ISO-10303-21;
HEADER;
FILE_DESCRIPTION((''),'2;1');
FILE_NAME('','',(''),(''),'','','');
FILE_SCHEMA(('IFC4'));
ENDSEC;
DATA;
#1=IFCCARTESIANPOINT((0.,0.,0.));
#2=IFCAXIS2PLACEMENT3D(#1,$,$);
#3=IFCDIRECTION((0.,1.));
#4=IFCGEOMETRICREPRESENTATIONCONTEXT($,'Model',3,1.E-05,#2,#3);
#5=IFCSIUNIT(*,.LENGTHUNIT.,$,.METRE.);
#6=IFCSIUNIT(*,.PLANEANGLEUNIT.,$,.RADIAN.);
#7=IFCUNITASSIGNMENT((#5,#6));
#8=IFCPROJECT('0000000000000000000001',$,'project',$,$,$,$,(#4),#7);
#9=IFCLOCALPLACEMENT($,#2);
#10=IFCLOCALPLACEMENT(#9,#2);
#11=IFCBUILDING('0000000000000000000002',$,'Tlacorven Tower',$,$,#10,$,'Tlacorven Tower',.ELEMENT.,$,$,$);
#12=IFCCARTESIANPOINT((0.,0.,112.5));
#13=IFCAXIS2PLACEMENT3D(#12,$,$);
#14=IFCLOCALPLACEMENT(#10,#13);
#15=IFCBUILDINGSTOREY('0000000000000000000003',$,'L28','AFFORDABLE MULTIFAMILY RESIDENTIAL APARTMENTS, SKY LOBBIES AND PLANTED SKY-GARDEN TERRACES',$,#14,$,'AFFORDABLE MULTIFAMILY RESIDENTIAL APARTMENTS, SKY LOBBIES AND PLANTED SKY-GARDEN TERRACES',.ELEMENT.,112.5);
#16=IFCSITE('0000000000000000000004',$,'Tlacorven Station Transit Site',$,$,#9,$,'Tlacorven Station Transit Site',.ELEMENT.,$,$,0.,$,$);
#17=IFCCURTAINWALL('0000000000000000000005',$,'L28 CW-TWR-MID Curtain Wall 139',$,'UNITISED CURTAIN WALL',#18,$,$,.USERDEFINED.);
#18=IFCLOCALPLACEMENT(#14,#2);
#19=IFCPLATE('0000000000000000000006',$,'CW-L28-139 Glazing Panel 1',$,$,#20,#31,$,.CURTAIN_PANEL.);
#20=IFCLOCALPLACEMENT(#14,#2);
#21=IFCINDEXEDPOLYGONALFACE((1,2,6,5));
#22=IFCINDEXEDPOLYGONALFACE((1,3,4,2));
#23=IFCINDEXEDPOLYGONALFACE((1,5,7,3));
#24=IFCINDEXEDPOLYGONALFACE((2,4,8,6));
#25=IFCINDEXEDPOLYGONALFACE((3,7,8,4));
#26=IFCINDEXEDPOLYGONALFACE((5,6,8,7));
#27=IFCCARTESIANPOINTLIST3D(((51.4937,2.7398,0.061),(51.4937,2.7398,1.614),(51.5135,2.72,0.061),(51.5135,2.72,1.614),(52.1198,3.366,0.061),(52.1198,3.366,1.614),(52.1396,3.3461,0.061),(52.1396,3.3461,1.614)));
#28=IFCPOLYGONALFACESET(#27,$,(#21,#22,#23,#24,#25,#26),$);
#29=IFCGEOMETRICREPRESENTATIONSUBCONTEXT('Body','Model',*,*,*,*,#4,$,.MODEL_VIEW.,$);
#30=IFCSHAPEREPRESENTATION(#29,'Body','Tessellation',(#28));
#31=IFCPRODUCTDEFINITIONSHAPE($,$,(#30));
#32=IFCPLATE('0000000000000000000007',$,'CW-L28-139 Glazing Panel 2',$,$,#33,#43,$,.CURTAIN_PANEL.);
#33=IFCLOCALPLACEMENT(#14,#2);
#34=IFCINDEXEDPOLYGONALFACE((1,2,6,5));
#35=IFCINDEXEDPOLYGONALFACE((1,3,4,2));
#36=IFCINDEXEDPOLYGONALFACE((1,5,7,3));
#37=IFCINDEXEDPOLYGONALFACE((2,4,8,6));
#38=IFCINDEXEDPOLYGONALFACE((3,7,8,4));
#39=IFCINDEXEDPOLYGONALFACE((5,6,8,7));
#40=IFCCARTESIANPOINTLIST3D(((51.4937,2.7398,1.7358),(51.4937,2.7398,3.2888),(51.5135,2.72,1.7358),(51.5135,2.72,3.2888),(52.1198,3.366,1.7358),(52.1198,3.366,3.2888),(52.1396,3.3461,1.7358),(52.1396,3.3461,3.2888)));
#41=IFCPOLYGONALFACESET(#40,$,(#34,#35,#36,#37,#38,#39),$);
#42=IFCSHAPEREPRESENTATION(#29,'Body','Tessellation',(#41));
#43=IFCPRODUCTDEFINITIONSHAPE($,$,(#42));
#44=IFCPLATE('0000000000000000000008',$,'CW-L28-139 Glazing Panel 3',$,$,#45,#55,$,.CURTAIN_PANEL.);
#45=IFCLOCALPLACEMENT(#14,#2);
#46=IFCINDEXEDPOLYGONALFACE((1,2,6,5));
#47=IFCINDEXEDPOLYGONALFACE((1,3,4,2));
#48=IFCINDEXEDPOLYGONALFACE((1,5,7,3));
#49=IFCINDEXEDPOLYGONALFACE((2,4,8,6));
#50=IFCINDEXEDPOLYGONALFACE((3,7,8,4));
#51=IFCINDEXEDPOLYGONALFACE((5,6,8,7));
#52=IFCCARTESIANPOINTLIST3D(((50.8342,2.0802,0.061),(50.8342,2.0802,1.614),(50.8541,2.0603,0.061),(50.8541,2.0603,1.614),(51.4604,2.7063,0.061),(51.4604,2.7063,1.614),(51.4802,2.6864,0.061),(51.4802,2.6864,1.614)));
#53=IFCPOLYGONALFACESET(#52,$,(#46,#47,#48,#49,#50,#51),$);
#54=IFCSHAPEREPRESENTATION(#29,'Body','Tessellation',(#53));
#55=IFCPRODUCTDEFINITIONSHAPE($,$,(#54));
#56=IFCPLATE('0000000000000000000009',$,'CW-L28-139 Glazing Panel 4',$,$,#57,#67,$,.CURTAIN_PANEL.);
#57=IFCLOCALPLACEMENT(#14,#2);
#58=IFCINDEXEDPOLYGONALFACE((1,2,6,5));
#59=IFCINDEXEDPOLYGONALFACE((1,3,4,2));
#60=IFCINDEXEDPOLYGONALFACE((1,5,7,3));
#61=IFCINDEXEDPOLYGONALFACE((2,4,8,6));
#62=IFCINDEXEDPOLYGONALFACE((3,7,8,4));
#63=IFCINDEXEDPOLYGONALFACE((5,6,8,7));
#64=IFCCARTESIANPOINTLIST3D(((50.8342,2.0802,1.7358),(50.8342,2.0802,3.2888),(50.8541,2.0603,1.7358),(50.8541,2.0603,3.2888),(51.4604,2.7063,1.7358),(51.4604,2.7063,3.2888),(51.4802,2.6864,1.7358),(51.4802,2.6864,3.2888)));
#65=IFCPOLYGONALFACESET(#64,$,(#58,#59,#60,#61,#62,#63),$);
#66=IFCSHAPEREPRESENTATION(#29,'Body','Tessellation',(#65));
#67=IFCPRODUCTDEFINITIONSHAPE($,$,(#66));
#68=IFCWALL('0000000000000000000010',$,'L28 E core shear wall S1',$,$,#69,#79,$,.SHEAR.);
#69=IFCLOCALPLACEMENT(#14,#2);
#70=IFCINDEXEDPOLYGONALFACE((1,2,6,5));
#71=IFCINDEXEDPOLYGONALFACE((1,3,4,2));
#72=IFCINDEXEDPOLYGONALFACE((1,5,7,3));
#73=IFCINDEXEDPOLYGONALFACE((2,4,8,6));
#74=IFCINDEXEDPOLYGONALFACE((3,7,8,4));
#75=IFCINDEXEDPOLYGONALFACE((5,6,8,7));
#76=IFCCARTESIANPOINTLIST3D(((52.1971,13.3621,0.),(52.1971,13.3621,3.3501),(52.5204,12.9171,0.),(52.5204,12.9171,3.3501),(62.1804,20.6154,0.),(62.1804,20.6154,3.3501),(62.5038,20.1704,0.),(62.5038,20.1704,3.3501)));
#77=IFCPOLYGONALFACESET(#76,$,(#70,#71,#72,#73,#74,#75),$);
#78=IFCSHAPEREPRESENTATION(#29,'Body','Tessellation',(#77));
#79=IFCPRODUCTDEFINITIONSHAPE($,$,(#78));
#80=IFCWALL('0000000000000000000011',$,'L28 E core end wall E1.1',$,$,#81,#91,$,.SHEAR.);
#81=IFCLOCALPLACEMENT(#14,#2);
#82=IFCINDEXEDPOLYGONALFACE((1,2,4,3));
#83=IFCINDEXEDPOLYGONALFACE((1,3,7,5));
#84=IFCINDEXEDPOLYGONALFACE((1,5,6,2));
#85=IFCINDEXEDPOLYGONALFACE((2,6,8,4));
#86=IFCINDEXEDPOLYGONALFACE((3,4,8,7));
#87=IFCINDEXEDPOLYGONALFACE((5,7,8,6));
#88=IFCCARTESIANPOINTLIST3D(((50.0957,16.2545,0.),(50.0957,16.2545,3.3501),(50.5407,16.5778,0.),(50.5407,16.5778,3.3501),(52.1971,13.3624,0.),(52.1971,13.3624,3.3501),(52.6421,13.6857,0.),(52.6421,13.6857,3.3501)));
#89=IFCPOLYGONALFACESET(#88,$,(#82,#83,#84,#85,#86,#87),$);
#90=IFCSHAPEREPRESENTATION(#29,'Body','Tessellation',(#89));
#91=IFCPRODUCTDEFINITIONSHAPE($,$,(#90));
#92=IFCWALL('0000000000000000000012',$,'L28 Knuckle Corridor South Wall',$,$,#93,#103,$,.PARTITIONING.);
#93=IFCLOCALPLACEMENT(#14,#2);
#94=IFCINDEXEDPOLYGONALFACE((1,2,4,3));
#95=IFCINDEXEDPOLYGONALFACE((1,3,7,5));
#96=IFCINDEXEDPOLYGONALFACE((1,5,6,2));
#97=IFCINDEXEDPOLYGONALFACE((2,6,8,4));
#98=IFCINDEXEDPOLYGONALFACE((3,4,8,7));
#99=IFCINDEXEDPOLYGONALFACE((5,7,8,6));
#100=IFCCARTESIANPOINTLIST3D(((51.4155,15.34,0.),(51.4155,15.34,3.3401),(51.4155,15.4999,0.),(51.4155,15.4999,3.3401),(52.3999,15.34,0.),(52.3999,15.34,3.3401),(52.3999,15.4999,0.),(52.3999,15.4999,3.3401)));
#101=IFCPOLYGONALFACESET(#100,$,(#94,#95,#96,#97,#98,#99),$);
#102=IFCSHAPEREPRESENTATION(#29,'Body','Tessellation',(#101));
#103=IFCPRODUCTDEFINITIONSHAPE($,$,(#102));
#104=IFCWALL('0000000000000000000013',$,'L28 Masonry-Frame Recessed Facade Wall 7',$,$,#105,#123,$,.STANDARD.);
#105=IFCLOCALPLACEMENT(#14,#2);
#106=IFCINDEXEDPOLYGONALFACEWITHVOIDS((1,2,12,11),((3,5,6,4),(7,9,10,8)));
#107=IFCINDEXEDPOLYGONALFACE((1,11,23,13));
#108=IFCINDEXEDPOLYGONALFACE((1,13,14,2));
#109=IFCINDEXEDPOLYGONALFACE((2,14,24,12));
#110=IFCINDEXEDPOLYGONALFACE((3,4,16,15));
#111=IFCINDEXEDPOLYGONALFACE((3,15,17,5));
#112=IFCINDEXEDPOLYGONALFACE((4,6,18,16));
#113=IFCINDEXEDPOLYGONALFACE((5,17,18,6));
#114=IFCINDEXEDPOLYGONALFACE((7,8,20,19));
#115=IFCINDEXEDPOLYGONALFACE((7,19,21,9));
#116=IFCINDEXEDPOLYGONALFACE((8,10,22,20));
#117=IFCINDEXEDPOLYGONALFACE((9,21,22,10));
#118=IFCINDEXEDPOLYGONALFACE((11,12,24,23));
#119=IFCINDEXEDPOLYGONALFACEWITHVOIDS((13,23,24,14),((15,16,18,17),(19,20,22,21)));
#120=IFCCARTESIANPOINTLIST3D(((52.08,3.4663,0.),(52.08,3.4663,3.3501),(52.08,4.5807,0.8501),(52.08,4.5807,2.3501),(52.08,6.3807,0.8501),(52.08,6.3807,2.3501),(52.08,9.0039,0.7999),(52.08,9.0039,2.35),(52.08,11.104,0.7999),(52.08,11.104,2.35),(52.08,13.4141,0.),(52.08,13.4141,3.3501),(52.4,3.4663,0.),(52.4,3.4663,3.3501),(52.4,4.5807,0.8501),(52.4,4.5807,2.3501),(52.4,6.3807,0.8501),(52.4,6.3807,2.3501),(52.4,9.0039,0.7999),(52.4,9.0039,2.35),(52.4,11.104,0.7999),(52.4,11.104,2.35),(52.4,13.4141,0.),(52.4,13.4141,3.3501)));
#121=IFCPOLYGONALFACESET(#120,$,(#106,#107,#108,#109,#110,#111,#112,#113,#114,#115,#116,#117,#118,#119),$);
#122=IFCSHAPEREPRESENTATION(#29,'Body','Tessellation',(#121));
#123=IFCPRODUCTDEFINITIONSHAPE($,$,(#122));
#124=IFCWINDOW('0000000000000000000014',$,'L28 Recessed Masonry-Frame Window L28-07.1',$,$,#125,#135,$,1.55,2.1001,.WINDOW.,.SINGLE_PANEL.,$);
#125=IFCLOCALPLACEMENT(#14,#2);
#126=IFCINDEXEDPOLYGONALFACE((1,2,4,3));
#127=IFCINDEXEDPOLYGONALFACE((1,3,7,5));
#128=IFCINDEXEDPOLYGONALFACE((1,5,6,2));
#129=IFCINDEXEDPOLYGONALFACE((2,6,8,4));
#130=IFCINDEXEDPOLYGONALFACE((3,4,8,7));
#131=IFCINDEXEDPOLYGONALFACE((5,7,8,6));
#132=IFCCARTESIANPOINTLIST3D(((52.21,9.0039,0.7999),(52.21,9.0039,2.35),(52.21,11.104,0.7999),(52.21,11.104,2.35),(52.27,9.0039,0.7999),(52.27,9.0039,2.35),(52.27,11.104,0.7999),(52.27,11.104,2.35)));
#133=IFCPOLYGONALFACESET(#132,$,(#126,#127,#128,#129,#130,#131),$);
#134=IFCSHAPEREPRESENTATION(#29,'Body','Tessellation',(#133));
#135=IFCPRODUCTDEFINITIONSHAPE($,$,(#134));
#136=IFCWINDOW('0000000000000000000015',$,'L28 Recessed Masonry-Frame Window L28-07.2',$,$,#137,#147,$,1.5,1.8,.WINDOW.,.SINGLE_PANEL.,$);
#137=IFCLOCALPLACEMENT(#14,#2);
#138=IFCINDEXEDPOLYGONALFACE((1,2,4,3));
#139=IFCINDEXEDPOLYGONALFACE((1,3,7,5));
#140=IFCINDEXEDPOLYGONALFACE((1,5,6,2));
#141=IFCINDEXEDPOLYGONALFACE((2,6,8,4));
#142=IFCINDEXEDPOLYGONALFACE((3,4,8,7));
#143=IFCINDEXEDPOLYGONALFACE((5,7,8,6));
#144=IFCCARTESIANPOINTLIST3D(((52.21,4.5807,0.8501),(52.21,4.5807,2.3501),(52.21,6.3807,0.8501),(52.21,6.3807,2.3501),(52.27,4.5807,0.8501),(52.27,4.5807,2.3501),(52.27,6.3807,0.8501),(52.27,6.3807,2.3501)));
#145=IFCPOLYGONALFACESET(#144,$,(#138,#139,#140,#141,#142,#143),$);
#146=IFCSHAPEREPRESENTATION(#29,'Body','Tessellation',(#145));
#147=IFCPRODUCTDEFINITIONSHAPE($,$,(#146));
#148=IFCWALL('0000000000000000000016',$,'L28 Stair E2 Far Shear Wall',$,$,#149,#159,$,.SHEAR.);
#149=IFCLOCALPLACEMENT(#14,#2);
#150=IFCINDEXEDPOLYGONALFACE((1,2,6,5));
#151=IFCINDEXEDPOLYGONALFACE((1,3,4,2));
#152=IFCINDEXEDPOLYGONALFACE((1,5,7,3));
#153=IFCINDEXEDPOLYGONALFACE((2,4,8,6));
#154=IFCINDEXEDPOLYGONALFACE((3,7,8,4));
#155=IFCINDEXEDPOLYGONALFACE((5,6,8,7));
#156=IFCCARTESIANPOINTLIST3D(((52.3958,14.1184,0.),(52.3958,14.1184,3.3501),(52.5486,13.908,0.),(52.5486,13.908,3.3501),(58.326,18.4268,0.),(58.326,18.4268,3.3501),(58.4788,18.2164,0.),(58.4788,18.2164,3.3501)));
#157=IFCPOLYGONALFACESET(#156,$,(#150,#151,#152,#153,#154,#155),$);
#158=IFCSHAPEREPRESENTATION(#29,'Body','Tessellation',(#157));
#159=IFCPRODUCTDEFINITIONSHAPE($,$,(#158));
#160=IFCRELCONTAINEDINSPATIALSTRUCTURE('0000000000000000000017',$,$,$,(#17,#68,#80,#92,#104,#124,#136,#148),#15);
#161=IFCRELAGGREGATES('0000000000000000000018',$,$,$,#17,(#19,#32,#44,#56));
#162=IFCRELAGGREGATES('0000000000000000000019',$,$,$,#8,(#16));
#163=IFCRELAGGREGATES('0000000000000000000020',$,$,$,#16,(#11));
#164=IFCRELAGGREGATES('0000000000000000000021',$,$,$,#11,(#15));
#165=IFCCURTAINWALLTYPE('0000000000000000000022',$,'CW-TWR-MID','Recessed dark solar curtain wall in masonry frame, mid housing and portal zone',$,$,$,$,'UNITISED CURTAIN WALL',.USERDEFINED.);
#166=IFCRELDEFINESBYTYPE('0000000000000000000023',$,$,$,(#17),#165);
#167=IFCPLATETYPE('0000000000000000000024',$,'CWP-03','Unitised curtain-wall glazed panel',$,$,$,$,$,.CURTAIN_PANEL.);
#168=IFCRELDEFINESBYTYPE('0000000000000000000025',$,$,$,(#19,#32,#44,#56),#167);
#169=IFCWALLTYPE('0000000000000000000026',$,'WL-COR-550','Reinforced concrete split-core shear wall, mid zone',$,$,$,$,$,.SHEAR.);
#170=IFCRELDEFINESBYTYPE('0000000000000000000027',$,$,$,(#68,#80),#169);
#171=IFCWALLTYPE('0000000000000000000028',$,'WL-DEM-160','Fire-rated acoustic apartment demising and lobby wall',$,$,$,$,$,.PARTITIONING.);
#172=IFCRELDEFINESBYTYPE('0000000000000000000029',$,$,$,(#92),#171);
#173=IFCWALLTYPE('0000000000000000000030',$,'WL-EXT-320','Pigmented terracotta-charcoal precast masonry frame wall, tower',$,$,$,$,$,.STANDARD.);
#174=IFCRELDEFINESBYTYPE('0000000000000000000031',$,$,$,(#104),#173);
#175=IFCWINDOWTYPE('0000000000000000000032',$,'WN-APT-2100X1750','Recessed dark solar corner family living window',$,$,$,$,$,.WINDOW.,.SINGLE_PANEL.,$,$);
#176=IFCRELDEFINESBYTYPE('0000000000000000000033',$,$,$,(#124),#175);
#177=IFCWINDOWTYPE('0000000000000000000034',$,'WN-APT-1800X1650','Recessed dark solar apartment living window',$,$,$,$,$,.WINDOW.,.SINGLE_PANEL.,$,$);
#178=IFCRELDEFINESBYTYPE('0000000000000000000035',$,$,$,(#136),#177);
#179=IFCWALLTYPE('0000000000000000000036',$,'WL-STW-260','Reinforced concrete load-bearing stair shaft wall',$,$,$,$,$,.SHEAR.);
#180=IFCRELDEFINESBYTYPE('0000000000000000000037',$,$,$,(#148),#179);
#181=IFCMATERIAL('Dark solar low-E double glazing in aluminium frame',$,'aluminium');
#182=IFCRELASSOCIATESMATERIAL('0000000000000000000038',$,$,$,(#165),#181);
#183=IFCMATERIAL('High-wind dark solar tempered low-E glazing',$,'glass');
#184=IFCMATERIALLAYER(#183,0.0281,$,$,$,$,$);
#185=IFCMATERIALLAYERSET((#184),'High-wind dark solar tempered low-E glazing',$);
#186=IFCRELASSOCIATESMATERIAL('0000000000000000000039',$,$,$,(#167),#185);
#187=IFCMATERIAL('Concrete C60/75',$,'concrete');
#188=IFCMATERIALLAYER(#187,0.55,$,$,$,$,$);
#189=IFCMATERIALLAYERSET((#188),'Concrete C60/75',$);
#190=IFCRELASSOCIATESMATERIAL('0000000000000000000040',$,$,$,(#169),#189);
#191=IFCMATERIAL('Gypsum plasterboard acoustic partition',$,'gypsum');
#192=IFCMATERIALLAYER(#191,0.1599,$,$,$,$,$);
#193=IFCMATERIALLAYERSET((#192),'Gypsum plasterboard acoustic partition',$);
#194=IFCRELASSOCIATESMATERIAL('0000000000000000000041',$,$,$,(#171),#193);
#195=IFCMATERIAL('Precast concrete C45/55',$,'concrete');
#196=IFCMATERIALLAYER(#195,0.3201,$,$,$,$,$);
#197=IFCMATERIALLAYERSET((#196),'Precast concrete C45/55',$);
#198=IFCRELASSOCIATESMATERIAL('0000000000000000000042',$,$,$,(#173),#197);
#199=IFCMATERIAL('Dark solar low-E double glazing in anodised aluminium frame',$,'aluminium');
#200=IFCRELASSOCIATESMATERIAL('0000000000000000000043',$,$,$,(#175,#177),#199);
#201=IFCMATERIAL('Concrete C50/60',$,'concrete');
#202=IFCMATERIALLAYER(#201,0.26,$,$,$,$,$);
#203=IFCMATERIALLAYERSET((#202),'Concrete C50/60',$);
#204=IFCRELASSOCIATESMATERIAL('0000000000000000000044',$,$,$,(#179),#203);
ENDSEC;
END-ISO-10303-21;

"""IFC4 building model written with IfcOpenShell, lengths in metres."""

from ifc_helpers import new_model, si_unit, direction, frame, frame_2d, origin, origin_2d, place, context, subcontext, project, spatial, rectangle, extrude, source, transform, mapped, material, layer, layer_set, type_object, element, fill, aggregate, save


model = new_model("IFC4")

# Units and contexts
model_context = context("Model", 3, precision=1e-05, world=origin(), true_north=direction((0.0, 1.0)))
body_context = subcontext(model_context, "Body", "Model", "MODEL_VIEW")
ifc_project = project(units=[si_unit("LENGTHUNIT", "METRE"), si_unit("PLANEANGLEUNIT", "RADIAN")], contexts=[model_context])

# Site, building, storey
site_placement = place(None, origin())
site = spatial("IfcSite", under=ifc_project, at=site_placement, Name="Tlacorven Station Transit Site", LongName="Tlacorven Station Transit Site", CompositionType="ELEMENT", RefElevation=0.0)
building_placement = place(site_placement, origin())
building = spatial("IfcBuilding", under=site, at=building_placement, Name="Tlacorven Tower", LongName="Tlacorven Tower", CompositionType="ELEMENT")
storey_placement = place(building_placement, frame((0.0, 0.0, 112.5)))
storey = spatial("IfcBuildingStorey", under=building, at=storey_placement, Name="L28", Description="AFFORDABLE MULTIFAMILY RESIDENTIAL APARTMENTS, SKY LOBBIES AND PLANTED SKY-GARDEN TERRACES", LongName="AFFORDABLE MULTIFAMILY RESIDENTIAL APARTMENTS, SKY LOBBIES AND PLANTED SKY-GARDEN TERRACES", CompositionType="ELEMENT", Elevation=112.5)

# Curtain wall, plates
ifc_material_1 = material(Name="Dark solar low-E double glazing in aluminium frame", Category="aluminium")
curtain_wall_type = type_object("IfcCurtainWallType", Name="CW-TWR-MID", Description="Recessed dark solar curtain wall in masonry frame, mid housing and portal zone", ElementType="UNITISED CURTAIN WALL", PredefinedType="USERDEFINED", material=ifc_material_1)
curtain_wall_placement = place(storey_placement, origin())
curtain_wall = element("IfcCurtainWall", 1, at=curtain_wall_placement, inside=storey, type_object=curtain_wall_type, Name="L28 CW-TWR-MID Curtain Wall 139", ObjectType="UNITISED CURTAIN WALL", PredefinedType="USERDEFINED")
ifc_material_2 = material(Name="High-wind dark solar tempered low-E glazing", Category="glass")
ifc_layer_1 = layer(ifc_material_2, 0.0281)
ifc_layer_set_1 = layer_set([ifc_layer_1], Name="High-wind dark solar tempered low-E glazing")
plate_type = type_object("IfcPlateType", Name="CWP-03", Description="Unitised curtain-wall glazed panel", PredefinedType="CURTAIN_PANEL", material=ifc_layer_set_1)
shared_shape_1 = source(origin(), body_context, "Body", "SweptSolid", [
    extrude(rectangle(XDim=0.8855, YDim=0.0281, at=origin_2d()), origin(), (0.0, 0.0, 1.0), 1.553),
])
plate_1_placement = place(storey_placement, frame((51.8167, 3.043, 0.061), z_axis=(0.0, 0.0, 1.0), x_axis=(-0.707107, -0.707107, 0.0)))
plate_1 = element("IfcPlate", 2, at=plate_1_placement, type_object=plate_type, Name="CW-L28-139 Glazing Panel 1", PredefinedType="CURTAIN_PANEL", context=body_context, shape_type="MappedRepresentation", body=[
    mapped(shared_shape_1, transform((0.0, 0.0, 0.0), scale=1.0)),
])
plate_2_placement = place(storey_placement, frame((51.8167, 3.043, 1.7358), z_axis=(0.0, 0.0, 1.0), x_axis=(-0.707107, -0.707107, 0.0)))
plate_2 = element("IfcPlate", 3, at=plate_2_placement, type_object=plate_type, Name="CW-L28-139 Glazing Panel 2", PredefinedType="CURTAIN_PANEL", context=body_context, shape_type="MappedRepresentation", body=[
    mapped(shared_shape_1, transform((0.0, 0.0, 0.0), scale=1.0)),
])
plate_3_placement = place(storey_placement, frame((51.1572, 2.3833, 0.061), z_axis=(0.0, 0.0, 1.0), x_axis=(-0.707107, -0.707107, 0.0)))
plate_3 = element("IfcPlate", 4, at=plate_3_placement, type_object=plate_type, Name="CW-L28-139 Glazing Panel 3", PredefinedType="CURTAIN_PANEL", context=body_context, shape_type="MappedRepresentation", body=[
    mapped(shared_shape_1, transform((0.0, 0.0, 0.0), scale=1.0)),
])
plate_4_placement = place(storey_placement, frame((51.1572, 2.3833, 1.7358), z_axis=(0.0, 0.0, 1.0), x_axis=(-0.707107, -0.707107, 0.0)))
plate_4 = element("IfcPlate", 5, at=plate_4_placement, type_object=plate_type, Name="CW-L28-139 Glazing Panel 4", PredefinedType="CURTAIN_PANEL", context=body_context, shape_type="MappedRepresentation", body=[
    mapped(shared_shape_1, transform((0.0, 0.0, 0.0), scale=1.0)),
])
aggregate(curtain_wall, [plate_1, plate_2, plate_3, plate_4])

# Walls
ifc_material_3 = material(Name="Concrete C60/75", Category="concrete")
ifc_layer_2 = layer(ifc_material_3, 0.55)
ifc_layer_set_2 = layer_set([ifc_layer_2], Name="Concrete C60/75")
wall_type_1 = type_object("IfcWallType", Name="WL-COR-550", Description="Reinforced concrete split-core shear wall, mid zone", PredefinedType="SHEAR", material=ifc_layer_set_2)
wall_1_placement = place(storey_placement, frame((52.3589, 13.1396, 0.0), z_axis=(0.0, 0.0, 1.0), x_axis=(0.809015, 0.587788, 0.0)))
element("IfcWall", 6, at=wall_1_placement, inside=storey, type_object=wall_type_1, Name="L28 E core shear wall S1", PredefinedType="SHEAR", context=body_context, shape_type="SweptSolid", body=[
    extrude(rectangle(XDim=12.3401, YDim=0.55, at=frame_2d((6.1699, 0.0))), origin(), (0.0, 0.0, 1.0), 3.3501),
])
wall_2_placement = place(storey_placement, frame((52.4197, 13.5239, 0.0), z_axis=(0.0, 0.0, 1.0), x_axis=(-0.587802, 0.809005, 0.0)))
element("IfcWall", 7, at=wall_2_placement, inside=storey, type_object=wall_type_1, Name="L28 E core end wall E1.1", PredefinedType="SHEAR", context=body_context, shape_type="SweptSolid", body=[
    extrude(rectangle(XDim=3.575, YDim=0.55, at=frame_2d((1.7876, 0.0))), origin(), (0.0, 0.0, 1.0), 3.3501),
])
ifc_material_4 = material(Name="Gypsum plasterboard acoustic partition", Category="gypsum")
ifc_layer_3 = layer(ifc_material_4, 0.1599)
ifc_layer_set_3 = layer_set([ifc_layer_3], Name="Gypsum plasterboard acoustic partition")
wall_type_2 = type_object("IfcWallType", Name="WL-DEM-160", Description="Fire-rated acoustic apartment demising and lobby wall", PredefinedType="PARTITIONING", material=ifc_layer_set_3)
wall_3_placement = place(storey_placement, frame((51.4155, 15.4199, 0.0), z_axis=(0.0, 0.0, 1.0), x_axis=(1.0, 0.0, 0.0)))
element("IfcWall", 8, at=wall_3_placement, inside=storey, type_object=wall_type_2, Name="L28 Knuckle Corridor South Wall", PredefinedType="PARTITIONING", context=body_context, shape_type="SweptSolid", body=[
    extrude(rectangle(XDim=0.9844, YDim=0.1599, at=frame_2d((0.4922, 0.0))), origin(), (0.0, 0.0, 1.0), 3.3401),
])

# Wall, openings, windows
ifc_material_5 = material(Name="Precast concrete C45/55", Category="concrete")
ifc_layer_4 = layer(ifc_material_5, 0.3201)
ifc_layer_set_4 = layer_set([ifc_layer_4], Name="Precast concrete C45/55")
wall_type_3 = type_object("IfcWallType", Name="WL-EXT-320", Description="Pigmented terracotta-charcoal precast masonry frame wall, tower", PredefinedType="STANDARD", material=ifc_layer_set_4)
wall_4_placement = place(storey_placement, frame((52.24, 13.4141, 0.0), z_axis=(0.0, 0.0, 1.0), x_axis=(0.0, -1.0, 0.0)))
wall_4 = element("IfcWall", 9, at=wall_4_placement, inside=storey, type_object=wall_type_3, Name="L28 Masonry-Frame Recessed Facade Wall 7", PredefinedType="STANDARD", context=body_context, shape_type="SweptSolid", body=[
    extrude(rectangle(XDim=9.9478, YDim=0.3201, at=frame_2d((4.9739, 0.0))), origin(), (0.0, 0.0, 1.0), 3.3501),
])
opening_1_placement = place(wall_4_placement, frame((2.3101, 0.0, 0.8)))
opening_1 = element("IfcOpeningElement", 10, at=opening_1_placement, cuts=wall_4, PredefinedType="OPENING", context=body_context, shape_type="SweptSolid", body=[
    extrude(rectangle(XDim=2.1001, YDim=1.55, at=frame_2d((1.05, 0.7749))), frame((0.0, 0.1699, 0.0), z_axis=(0.0, -1.0, 0.0), x_axis=(1.0, 0.0, 0.0)), (0.0, 0.0, 1.0), 0.3401),
])
opening_2_placement = place(wall_4_placement, frame((7.0334, 0.0, 0.8501)))
opening_2 = element("IfcOpeningElement", 11, at=opening_2_placement, cuts=wall_4, PredefinedType="OPENING", context=body_context, shape_type="SweptSolid", body=[
    extrude(rectangle(XDim=1.8, YDim=1.5, at=frame_2d((0.8999, 0.75))), frame((0.0, 0.1699, 0.0), z_axis=(0.0, -1.0, 0.0), x_axis=(1.0, 0.0, 0.0)), (0.0, 0.0, 1.0), 0.3401),
])
ifc_material_6 = material(Name="Dark solar low-E double glazing in anodised aluminium frame", Category="aluminium")
window_type_1 = type_object("IfcWindowType", Name="WN-APT-2100X1750", Description="Recessed dark solar corner family living window", PartitioningType="SINGLE_PANEL", PredefinedType="WINDOW", material=ifc_material_6)
shared_shape_2 = source(origin(), body_context, "Body", "SweptSolid", [
    extrude(rectangle(XDim=2.1001, YDim=1.55, at=frame_2d((1.05, 0.7749))), frame((0.0, 0.03, 0.0), z_axis=(0.0, -1.0, 0.0), x_axis=(1.0, 0.0, 0.0)), (0.0, 0.0, 1.0), 0.0601),
])
window_1_placement = place(opening_1_placement, origin())
window_1 = element("IfcWindow", 12, at=window_1_placement, inside=storey, type_object=window_type_1, Name="L28 Recessed Masonry-Frame Window L28-07.1", OverallHeight=1.55, OverallWidth=2.1001, PartitioningType="SINGLE_PANEL", PredefinedType="WINDOW", context=body_context, shape_type="MappedRepresentation", body=[
    mapped(shared_shape_2, transform((0.0, 0.0, 0.0), scale=1.0)),
])
fill(opening_1, window_1)
window_type_2 = type_object("IfcWindowType", Name="WN-APT-1800X1650", Description="Recessed dark solar apartment living window", PartitioningType="SINGLE_PANEL", PredefinedType="WINDOW", material=ifc_material_6)
shared_shape_3 = source(origin(), body_context, "Body", "SweptSolid", [
    extrude(rectangle(XDim=1.8, YDim=1.5, at=frame_2d((0.8999, 0.75))), frame((0.0, 0.03, 0.0), z_axis=(0.0, -1.0, 0.0), x_axis=(1.0, 0.0, 0.0)), (0.0, 0.0, 1.0), 0.0601),
])
window_2_placement = place(opening_2_placement, origin())
window_2 = element("IfcWindow", 13, at=window_2_placement, inside=storey, type_object=window_type_2, Name="L28 Recessed Masonry-Frame Window L28-07.2", OverallHeight=1.5, OverallWidth=1.8, PartitioningType="SINGLE_PANEL", PredefinedType="WINDOW", context=body_context, shape_type="MappedRepresentation", body=[
    mapped(shared_shape_3, transform((0.0, 0.0, 0.0), scale=1.0)),
])
fill(opening_2, window_2)

# Wall
ifc_material_7 = material(Name="Concrete C50/60", Category="concrete")
ifc_layer_5 = layer(ifc_material_7, 0.26)
ifc_layer_set_5 = layer_set([ifc_layer_5], Name="Concrete C50/60")
wall_type_4 = type_object("IfcWallType", Name="WL-STW-260", Description="Reinforced concrete load-bearing stair shaft wall", PredefinedType="SHEAR", material=ifc_layer_set_5)
wall_5_placement = place(storey_placement, frame((52.4722, 14.0132, 0.0), z_axis=(0.0, 0.0, 1.0), x_axis=(0.809028, 0.58777, 0.0)))
element("IfcWall", 14, at=wall_5_placement, inside=storey, type_object=wall_type_4, Name="L28 Stair E2 Far Shear Wall", PredefinedType="SHEAR", context=body_context, shape_type="SweptSolid", body=[
    extrude(rectangle(XDim=7.3301, YDim=0.26, at=frame_2d((3.665, 0.0))), origin(), (0.0, 0.0, 1.0), 3.3501),
])

save(model, "model.ifc")
